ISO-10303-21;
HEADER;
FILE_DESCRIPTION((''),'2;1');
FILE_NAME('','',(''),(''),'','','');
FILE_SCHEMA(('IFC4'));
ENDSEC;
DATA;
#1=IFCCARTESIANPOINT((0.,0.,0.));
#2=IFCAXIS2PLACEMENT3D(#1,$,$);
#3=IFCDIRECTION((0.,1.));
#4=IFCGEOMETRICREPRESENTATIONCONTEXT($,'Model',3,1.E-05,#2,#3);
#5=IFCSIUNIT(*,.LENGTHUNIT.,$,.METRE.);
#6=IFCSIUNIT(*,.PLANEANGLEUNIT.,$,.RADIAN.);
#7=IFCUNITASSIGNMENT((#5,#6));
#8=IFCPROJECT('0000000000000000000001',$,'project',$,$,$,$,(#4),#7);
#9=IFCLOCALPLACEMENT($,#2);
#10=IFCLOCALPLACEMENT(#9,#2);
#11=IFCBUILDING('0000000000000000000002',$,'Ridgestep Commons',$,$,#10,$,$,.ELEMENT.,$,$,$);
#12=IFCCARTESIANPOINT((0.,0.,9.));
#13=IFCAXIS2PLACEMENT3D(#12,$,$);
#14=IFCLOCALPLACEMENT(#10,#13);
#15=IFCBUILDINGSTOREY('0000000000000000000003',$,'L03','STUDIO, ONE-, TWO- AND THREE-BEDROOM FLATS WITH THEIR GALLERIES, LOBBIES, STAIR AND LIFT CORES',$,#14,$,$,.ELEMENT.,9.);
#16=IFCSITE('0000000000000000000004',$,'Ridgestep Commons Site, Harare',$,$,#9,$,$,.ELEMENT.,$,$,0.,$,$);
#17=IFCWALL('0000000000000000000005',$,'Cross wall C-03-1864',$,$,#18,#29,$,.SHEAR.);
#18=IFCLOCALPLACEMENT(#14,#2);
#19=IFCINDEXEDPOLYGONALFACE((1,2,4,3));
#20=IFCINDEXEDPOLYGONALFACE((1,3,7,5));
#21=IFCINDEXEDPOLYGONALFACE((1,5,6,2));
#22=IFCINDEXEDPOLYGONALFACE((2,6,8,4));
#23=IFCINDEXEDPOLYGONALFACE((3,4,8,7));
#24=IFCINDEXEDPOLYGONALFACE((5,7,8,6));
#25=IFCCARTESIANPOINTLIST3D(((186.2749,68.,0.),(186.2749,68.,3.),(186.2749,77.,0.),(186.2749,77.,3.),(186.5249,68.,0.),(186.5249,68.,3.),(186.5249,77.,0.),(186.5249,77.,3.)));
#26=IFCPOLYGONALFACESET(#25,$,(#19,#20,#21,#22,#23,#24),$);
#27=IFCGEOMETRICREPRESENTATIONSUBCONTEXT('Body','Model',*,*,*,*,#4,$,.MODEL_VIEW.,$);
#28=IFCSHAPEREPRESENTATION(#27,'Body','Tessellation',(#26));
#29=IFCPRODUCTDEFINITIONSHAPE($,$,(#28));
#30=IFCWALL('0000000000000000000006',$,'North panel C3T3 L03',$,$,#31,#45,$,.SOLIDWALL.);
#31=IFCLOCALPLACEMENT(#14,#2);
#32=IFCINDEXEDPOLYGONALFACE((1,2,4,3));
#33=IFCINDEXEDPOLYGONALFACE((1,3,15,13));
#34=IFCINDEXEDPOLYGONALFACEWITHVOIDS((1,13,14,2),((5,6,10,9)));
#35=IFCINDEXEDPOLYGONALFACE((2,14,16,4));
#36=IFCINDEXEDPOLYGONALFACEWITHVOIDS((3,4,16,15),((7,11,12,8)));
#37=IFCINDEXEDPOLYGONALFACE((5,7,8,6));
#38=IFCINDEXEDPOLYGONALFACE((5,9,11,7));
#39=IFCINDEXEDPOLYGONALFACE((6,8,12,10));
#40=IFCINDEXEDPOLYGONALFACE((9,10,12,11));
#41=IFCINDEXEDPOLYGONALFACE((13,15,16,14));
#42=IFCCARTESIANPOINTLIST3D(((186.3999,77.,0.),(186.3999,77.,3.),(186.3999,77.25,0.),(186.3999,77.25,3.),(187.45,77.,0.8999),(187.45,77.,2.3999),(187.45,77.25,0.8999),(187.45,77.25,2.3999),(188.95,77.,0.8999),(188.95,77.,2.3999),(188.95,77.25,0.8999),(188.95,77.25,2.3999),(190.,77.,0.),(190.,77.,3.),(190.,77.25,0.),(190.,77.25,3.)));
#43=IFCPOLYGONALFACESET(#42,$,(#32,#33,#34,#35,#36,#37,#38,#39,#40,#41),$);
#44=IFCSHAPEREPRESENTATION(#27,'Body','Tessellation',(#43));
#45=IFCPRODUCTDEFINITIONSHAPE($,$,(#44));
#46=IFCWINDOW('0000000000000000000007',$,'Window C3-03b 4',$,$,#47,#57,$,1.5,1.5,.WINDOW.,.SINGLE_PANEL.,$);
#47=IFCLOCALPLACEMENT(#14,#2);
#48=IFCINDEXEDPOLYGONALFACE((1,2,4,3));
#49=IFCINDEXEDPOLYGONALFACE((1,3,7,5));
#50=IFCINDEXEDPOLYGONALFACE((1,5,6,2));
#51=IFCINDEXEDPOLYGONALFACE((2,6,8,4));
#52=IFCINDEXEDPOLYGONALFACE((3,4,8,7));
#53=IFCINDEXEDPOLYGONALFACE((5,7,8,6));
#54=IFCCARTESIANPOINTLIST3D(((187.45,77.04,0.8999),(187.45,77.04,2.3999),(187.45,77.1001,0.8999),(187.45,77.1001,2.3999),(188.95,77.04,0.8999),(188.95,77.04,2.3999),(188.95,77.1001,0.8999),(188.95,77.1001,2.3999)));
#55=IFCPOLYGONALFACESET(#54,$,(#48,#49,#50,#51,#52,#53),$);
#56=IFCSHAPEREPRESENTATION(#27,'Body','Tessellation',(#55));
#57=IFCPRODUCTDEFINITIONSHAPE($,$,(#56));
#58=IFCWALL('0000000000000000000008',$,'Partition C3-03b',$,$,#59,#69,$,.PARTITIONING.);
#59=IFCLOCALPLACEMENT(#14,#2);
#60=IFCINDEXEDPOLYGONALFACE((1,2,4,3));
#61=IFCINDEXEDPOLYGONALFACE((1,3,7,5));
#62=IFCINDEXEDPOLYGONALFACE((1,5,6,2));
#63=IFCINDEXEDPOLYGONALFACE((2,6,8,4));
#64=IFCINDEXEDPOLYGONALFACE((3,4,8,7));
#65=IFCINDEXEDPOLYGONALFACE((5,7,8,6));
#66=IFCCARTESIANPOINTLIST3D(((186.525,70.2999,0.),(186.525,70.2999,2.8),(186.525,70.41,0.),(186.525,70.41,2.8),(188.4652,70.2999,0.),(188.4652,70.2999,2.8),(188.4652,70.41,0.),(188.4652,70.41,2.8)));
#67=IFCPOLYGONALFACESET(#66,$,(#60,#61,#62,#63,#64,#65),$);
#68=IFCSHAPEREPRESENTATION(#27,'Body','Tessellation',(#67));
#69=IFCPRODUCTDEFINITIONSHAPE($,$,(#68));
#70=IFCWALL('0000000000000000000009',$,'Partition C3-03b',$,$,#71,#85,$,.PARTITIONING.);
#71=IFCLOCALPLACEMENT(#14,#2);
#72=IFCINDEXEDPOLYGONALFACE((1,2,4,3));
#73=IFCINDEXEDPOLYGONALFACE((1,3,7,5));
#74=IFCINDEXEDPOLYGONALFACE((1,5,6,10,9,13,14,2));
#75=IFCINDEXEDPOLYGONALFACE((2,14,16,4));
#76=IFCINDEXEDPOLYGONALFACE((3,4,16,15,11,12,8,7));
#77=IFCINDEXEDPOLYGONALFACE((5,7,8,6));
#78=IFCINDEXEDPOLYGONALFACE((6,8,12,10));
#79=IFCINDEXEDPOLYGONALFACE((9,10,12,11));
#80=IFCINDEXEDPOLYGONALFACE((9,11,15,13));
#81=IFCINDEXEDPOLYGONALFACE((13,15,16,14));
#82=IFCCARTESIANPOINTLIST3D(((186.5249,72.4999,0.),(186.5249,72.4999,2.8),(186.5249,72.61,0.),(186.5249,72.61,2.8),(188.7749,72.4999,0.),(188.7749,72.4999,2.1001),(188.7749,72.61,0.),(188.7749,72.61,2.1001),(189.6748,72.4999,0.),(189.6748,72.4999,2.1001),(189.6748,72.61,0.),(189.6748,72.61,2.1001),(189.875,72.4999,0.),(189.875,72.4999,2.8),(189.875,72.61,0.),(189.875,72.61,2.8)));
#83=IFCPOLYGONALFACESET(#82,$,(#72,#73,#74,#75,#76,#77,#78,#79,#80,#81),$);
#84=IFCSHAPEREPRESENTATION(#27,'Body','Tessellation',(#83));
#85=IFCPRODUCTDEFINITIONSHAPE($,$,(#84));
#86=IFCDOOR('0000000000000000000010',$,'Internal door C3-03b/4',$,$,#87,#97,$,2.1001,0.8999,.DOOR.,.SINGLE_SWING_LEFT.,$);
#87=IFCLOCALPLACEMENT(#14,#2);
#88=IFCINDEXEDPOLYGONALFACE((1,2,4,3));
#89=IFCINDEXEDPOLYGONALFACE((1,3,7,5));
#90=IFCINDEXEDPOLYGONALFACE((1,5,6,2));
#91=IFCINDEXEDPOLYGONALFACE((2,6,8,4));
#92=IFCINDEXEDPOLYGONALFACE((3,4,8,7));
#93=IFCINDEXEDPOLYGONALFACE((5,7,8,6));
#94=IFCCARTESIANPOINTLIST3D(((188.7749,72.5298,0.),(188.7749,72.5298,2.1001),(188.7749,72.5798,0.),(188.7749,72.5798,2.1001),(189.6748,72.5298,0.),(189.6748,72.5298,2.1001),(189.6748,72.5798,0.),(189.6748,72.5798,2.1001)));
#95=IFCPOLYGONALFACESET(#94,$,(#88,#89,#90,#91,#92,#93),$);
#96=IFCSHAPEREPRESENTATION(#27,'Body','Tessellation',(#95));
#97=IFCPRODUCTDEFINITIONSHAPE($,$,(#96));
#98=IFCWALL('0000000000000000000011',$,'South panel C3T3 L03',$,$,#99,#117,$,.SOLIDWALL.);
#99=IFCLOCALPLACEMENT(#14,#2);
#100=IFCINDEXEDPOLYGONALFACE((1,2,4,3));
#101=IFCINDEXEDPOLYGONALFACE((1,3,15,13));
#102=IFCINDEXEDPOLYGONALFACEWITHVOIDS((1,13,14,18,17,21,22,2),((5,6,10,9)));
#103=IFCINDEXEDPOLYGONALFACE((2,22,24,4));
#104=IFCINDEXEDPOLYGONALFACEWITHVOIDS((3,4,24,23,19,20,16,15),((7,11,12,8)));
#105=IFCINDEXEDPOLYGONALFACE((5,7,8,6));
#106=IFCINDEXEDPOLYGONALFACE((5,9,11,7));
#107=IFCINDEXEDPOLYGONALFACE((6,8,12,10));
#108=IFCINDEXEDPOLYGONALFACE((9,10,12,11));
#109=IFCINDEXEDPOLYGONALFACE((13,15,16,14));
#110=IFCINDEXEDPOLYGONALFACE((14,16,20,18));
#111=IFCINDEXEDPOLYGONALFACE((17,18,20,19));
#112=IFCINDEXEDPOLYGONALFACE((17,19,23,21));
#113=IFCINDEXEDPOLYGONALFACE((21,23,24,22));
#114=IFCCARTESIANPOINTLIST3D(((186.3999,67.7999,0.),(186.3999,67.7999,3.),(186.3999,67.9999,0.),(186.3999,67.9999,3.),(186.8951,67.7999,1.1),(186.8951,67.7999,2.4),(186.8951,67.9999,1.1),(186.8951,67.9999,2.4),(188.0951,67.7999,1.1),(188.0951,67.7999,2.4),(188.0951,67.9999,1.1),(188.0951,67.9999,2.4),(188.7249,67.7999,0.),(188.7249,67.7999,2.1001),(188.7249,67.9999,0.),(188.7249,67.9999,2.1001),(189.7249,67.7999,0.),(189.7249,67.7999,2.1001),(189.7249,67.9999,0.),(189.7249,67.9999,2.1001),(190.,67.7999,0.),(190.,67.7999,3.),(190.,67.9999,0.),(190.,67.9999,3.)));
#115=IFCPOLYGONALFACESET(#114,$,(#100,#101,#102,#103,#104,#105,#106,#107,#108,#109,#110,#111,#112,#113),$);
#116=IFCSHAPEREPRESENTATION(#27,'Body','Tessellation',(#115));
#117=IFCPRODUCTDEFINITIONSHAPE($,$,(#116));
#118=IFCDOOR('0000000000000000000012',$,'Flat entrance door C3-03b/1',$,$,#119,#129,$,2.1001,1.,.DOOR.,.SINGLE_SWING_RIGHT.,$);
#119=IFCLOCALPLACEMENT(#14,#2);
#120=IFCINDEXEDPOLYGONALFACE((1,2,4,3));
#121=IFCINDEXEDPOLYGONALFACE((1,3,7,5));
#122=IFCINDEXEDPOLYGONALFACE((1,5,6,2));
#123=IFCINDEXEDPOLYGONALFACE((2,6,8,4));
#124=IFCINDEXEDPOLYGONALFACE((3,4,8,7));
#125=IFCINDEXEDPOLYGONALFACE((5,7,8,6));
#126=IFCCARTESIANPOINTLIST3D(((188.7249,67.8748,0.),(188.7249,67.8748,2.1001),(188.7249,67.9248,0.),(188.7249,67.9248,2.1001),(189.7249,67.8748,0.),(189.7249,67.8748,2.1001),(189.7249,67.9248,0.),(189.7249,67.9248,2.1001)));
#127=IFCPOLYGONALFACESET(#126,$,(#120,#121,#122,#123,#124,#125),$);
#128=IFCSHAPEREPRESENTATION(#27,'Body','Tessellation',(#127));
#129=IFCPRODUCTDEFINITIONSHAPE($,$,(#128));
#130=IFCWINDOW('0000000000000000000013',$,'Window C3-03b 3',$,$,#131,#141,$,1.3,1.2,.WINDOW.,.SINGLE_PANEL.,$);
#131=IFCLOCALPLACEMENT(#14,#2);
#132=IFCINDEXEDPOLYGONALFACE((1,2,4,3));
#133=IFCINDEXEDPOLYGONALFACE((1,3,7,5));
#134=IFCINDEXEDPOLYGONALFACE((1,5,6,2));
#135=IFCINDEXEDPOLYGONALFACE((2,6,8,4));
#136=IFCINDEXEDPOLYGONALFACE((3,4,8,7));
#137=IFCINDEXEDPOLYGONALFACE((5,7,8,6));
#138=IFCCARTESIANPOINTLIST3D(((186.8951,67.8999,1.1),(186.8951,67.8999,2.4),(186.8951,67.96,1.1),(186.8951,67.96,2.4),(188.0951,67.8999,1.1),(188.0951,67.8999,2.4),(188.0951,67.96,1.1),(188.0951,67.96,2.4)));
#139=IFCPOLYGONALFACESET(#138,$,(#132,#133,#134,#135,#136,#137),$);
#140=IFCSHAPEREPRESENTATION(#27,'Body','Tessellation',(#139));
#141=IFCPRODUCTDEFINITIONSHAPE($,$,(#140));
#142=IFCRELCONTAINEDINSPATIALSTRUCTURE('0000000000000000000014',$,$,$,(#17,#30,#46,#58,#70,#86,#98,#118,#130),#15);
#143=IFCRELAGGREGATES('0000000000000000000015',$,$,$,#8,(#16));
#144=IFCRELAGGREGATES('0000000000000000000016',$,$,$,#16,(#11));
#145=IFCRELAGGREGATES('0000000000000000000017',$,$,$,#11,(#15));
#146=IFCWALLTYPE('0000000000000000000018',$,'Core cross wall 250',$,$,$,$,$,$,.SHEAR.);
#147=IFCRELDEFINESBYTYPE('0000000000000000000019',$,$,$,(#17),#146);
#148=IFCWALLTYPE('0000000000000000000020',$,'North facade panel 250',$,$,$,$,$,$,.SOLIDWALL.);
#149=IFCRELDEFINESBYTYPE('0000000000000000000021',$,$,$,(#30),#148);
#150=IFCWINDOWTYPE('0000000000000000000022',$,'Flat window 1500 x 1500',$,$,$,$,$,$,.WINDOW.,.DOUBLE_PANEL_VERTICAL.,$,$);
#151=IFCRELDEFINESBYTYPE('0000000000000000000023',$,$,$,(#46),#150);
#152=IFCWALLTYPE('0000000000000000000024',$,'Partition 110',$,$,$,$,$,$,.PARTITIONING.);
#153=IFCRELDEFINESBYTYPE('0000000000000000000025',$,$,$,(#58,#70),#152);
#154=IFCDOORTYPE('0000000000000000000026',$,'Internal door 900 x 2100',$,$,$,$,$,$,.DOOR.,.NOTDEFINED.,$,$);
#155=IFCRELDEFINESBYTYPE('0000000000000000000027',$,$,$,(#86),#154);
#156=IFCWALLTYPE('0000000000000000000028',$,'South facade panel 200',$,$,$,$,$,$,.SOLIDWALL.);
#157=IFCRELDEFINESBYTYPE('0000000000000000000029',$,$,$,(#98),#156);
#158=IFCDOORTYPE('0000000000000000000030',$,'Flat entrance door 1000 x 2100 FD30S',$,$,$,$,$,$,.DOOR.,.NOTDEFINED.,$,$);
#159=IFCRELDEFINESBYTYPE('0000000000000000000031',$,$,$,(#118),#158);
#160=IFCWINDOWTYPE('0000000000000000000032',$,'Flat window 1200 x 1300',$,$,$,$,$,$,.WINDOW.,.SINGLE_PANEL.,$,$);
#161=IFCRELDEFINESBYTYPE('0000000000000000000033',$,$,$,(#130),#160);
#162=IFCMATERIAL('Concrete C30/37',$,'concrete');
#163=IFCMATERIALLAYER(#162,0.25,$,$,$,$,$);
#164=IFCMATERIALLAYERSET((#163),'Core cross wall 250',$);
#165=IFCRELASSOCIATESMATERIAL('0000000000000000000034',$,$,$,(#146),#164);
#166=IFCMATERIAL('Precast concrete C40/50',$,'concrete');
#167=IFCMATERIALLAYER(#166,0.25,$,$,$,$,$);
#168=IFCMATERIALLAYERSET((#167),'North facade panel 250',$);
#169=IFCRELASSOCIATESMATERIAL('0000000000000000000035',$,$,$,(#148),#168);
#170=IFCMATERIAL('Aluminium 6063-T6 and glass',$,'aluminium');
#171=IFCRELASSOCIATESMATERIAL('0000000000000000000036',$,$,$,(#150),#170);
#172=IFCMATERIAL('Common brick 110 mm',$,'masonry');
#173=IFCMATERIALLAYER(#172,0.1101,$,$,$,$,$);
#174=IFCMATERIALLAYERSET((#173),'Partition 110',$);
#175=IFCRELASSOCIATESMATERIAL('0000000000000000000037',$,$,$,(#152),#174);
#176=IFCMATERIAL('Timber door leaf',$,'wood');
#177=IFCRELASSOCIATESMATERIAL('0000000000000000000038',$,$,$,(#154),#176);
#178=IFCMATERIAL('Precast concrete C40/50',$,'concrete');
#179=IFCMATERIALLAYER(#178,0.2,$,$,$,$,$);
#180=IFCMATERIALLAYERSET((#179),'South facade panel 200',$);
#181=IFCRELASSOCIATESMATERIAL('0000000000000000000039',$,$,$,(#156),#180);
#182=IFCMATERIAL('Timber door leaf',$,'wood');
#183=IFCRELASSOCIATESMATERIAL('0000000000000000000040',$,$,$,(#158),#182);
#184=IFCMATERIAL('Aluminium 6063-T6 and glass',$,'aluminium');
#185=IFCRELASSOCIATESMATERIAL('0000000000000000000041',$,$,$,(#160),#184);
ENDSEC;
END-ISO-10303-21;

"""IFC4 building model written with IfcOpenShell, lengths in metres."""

from ifc_helpers import new_model, si_unit, direction, frame, frame_2d, origin, place, context, subcontext, project, spatial, rectangle, extrude, material, layer, layer_set, type_object, element, fill, save


model = new_model("IFC4")

# Units and contexts
model_context = context("Model", 3, precision=1e-05, world=origin(), true_north=direction((0.0, 1.0)))
body_context = subcontext(model_context, "Body", "Model", "MODEL_VIEW")
ifc_project = project(units=[si_unit("LENGTHUNIT", "METRE"), si_unit("PLANEANGLEUNIT", "RADIAN")], contexts=[model_context])

# Site, building, storey
site_placement = place(None, origin())
site = spatial("IfcSite", under=ifc_project, at=site_placement, Name="Ridgestep Commons Site, Harare", CompositionType="ELEMENT", RefElevation=0.0)
building_placement = place(site_placement, origin())
building = spatial("IfcBuilding", under=site, at=building_placement, Name="Ridgestep Commons", CompositionType="ELEMENT")
storey_placement = place(building_placement, frame((0.0, 0.0, 9.0)))
storey = spatial("IfcBuildingStorey", under=building, at=storey_placement, Name="L03", Description="STUDIO, ONE-, TWO- AND THREE-BEDROOM FLATS WITH THEIR GALLERIES, LOBBIES, STAIR AND LIFT CORES", CompositionType="ELEMENT", Elevation=9.0)

# Wall
ifc_material_1 = material(Name="Concrete C30/37", Category="concrete")
ifc_layer_1 = layer(ifc_material_1, 0.25)
ifc_layer_set_1 = layer_set([ifc_layer_1], Name="Core cross wall 250")
wall_type_1 = type_object("IfcWallType", Name="Core cross wall 250", PredefinedType="SHEAR", material=ifc_layer_set_1)
wall_1_placement = place(storey_placement, frame((186.3999, 68.0, 0.0), z_axis=(0.0, 0.0, 1.0), x_axis=(0.0, 1.0, 0.0)))
element("IfcWall", 1, at=wall_1_placement, inside=storey, type_object=wall_type_1, Name="Cross wall C-03-1864", PredefinedType="SHEAR", context=body_context, shape_type="SweptSolid", body=[
    extrude(rectangle(XDim=9.0, YDim=0.25, at=frame_2d((4.5, 0.0))), origin(), (0.0, 0.0, 1.0), 3.0),
])

# Wall, opening, window
ifc_material_2 = material(Name="Precast concrete C40/50", Category="concrete")
ifc_layer_2 = layer(ifc_material_2, 0.25)
ifc_layer_set_2 = layer_set([ifc_layer_2], Name="North facade panel 250")
wall_type_2 = type_object("IfcWallType", Name="North facade panel 250", PredefinedType="SOLIDWALL", material=ifc_layer_set_2)
wall_2_placement = place(storey_placement, frame((186.3999, 77.125, 0.0), z_axis=(0.0, 0.0, 1.0), x_axis=(1.0, 0.0, 0.0)))
wall_2 = element("IfcWall", 2, at=wall_2_placement, inside=storey, type_object=wall_type_2, Name="North panel C3T3 L03", PredefinedType="SOLIDWALL", context=body_context, shape_type="SweptSolid", body=[
    extrude(rectangle(XDim=3.6001, YDim=0.25, at=frame_2d((1.8, 0.0))), origin(), (0.0, 0.0, 1.0), 3.0),
])
opening_1_placement = place(wall_2_placement, frame((1.05, 0.0, 0.8999)))
opening_1 = element("IfcOpeningElement", 3, at=opening_1_placement, cuts=wall_2, PredefinedType="OPENING", context=body_context, shape_type="SweptSolid", body=[
    extrude(rectangle(XDim=1.5, YDim=1.5, at=frame_2d((0.75, 0.75))), frame((0.0, 0.135, 0.0), z_axis=(0.0, -1.0, 0.0), x_axis=(1.0, 0.0, 0.0)), (0.0, 0.0, 1.0), 0.27),
])
ifc_material_3 = material(Name="Aluminium 6063-T6 and glass", Category="aluminium")
window_type_1 = type_object("IfcWindowType", Name="Flat window 1500 x 1500", PartitioningType="DOUBLE_PANEL_VERTICAL", PredefinedType="WINDOW", material=ifc_material_3)
window_1_placement = place(opening_1_placement, origin())
window_1 = element("IfcWindow", 4, at=window_1_placement, inside=storey, type_object=window_type_1, Name="Window C3-03b 4", OverallHeight=1.5, OverallWidth=1.5, PartitioningType="SINGLE_PANEL", PredefinedType="WINDOW", context=body_context, shape_type="SweptSolid", body=[
    extrude(rectangle(XDim=1.5, YDim=1.5, at=frame_2d((0.75, 0.75))), frame((0.0, -0.0249, 0.0), z_axis=(0.0, -1.0, 0.0), x_axis=(1.0, 0.0, 0.0)), (0.0, 0.0, 1.0), 0.0601),
])
fill(opening_1, window_1)

# Wall
ifc_material_4 = material(Name="Common brick 110 mm", Category="masonry")
ifc_layer_3 = layer(ifc_material_4, 0.1101)
ifc_layer_set_3 = layer_set([ifc_layer_3], Name="Partition 110")
wall_type_3 = type_object("IfcWallType", Name="Partition 110", PredefinedType="PARTITIONING", material=ifc_layer_set_3)
wall_3_placement = place(storey_placement, frame((186.5249, 70.355, 0.0), z_axis=(0.0, 0.0, 1.0), x_axis=(1.0, 0.0, 0.0)))
element("IfcWall", 5, at=wall_3_placement, inside=storey, type_object=wall_type_3, Name="Partition C3-03b", PredefinedType="PARTITIONING", context=body_context, shape_type="SweptSolid", body=[
    extrude(rectangle(XDim=1.9402, YDim=0.1101, at=frame_2d((0.9702, 0.0))), origin(), (0.0, 0.0, 1.0), 2.8),
])

# Wall, opening, door
wall_4_placement = place(storey_placement, frame((186.5249, 72.5549, 0.0), z_axis=(0.0, 0.0, 1.0), x_axis=(1.0, 0.0, 0.0)))
wall_4 = element("IfcWall", 6, at=wall_4_placement, inside=storey, type_object=wall_type_3, Name="Partition C3-03b", PredefinedType="PARTITIONING", context=body_context, shape_type="SweptSolid", body=[
    extrude(rectangle(XDim=3.3501, YDim=0.1101, at=frame_2d((1.675, 0.0))), origin(), (0.0, 0.0, 1.0), 2.8),
])
opening_2_placement = place(wall_4_placement, frame((2.25, 0.0, 0.0)))
opening_2 = element("IfcOpeningElement", 7, at=opening_2_placement, cuts=wall_4, PredefinedType="OPENING", context=body_context, shape_type="SweptSolid", body=[
    extrude(rectangle(XDim=0.8999, YDim=2.1001, at=frame_2d((0.45, 1.05))), frame((0.0, 0.0649, 0.0), z_axis=(0.0, -1.0, 0.0), x_axis=(1.0, 0.0, 0.0)), (0.0, 0.0, 1.0), 0.1301),
])
ifc_material_5 = material(Name="Timber door leaf", Category="wood")
door_type_1 = type_object("IfcDoorType", Name="Internal door 900 x 2100", OperationType="NOTDEFINED", PredefinedType="DOOR", material=ifc_material_5)
door_1_placement = place(opening_2_placement, origin())
door_1 = element("IfcDoor", 8, at=door_1_placement, inside=storey, type_object=door_type_1, Name="Internal door C3-03b/4", OperationType="SINGLE_SWING_LEFT", OverallHeight=2.1001, OverallWidth=0.8999, PredefinedType="DOOR", context=body_context, shape_type="SweptSolid", body=[
    extrude(rectangle(XDim=0.8999, YDim=2.1001, at=frame_2d((0.45, 1.05))), frame((0.0, 0.0249, 0.0), z_axis=(0.0, -1.0, 0.0), x_axis=(1.0, 0.0, 0.0)), (0.0, 0.0, 1.0), 0.05),
])
fill(opening_2, door_1)

# Wall, openings, door, window
ifc_material_6 = material(Name="Precast concrete C40/50", Category="concrete")
ifc_layer_4 = layer(ifc_material_6, 0.2)
ifc_layer_set_4 = layer_set([ifc_layer_4], Name="South facade panel 200")
wall_type_4 = type_object("IfcWallType", Name="South facade panel 200", PredefinedType="SOLIDWALL", material=ifc_layer_set_4)
wall_5_placement = place(storey_placement, frame((186.3999, 67.8999, 0.0), z_axis=(0.0, 0.0, 1.0), x_axis=(1.0, 0.0, 0.0)))
wall_5 = element("IfcWall", 9, at=wall_5_placement, inside=storey, type_object=wall_type_4, Name="South panel C3T3 L03", PredefinedType="SOLIDWALL", context=body_context, shape_type="SweptSolid", body=[
    extrude(rectangle(XDim=3.6001, YDim=0.2, at=frame_2d((1.8, 0.0))), origin(), (0.0, 0.0, 1.0), 3.0),
])
opening_3_placement = place(wall_5_placement, frame((0.4951, 0.0, 1.1001)))
opening_3 = element("IfcOpeningElement", 10, at=opening_3_placement, cuts=wall_5, PredefinedType="OPENING", context=body_context, shape_type="SweptSolid", body=[
    extrude(rectangle(XDim=1.2, YDim=1.3, at=frame_2d((0.6001, 0.6499))), frame((0.0, 0.1099, 0.0), z_axis=(0.0, -1.0, 0.0), x_axis=(1.0, 0.0, 0.0)), (0.0, 0.0, 1.0), 0.22),
])
opening_4_placement = place(wall_5_placement, frame((2.325, 0.0, 0.0)))
opening_4 = element("IfcOpeningElement", 11, at=opening_4_placement, cuts=wall_5, PredefinedType="OPENING", context=body_context, shape_type="SweptSolid", body=[
    extrude(rectangle(XDim=1.0, YDim=2.1001, at=frame_2d((0.5, 1.05))), frame((0.0, 0.1099, 0.0), z_axis=(0.0, -1.0, 0.0), x_axis=(1.0, 0.0, 0.0)), (0.0, 0.0, 1.0), 0.22),
])
ifc_material_7 = material(Name="Timber door leaf", Category="wood")
door_type_2 = type_object("IfcDoorType", Name="Flat entrance door 1000 x 2100 FD30S", OperationType="NOTDEFINED", PredefinedType="DOOR", material=ifc_material_7)
door_2_placement = place(opening_4_placement, origin())
door_2 = element("IfcDoor", 12, at=door_2_placement, inside=storey, type_object=door_type_2, Name="Flat entrance door C3-03b/1", OperationType="SINGLE_SWING_RIGHT", OverallHeight=2.1001, OverallWidth=1.0, PredefinedType="DOOR", context=body_context, shape_type="SweptSolid", body=[
    extrude(rectangle(XDim=1.0, YDim=2.1001, at=frame_2d((0.5, 1.05))), frame((0.0, 0.0249, 0.0), z_axis=(0.0, -1.0, 0.0), x_axis=(1.0, 0.0, 0.0)), (0.0, 0.0, 1.0), 0.05),
])
fill(opening_4, door_2)
ifc_material_8 = material(Name="Aluminium 6063-T6 and glass", Category="aluminium")
window_type_2 = type_object("IfcWindowType", Name="Flat window 1200 x 1300", PartitioningType="SINGLE_PANEL", PredefinedType="WINDOW", material=ifc_material_8)
window_2_placement = place(opening_3_placement, origin())
window_2 = element("IfcWindow", 13, at=window_2_placement, inside=storey, type_object=window_type_2, Name="Window C3-03b 3", OverallHeight=1.3, OverallWidth=1.2, PartitioningType="SINGLE_PANEL", PredefinedType="WINDOW", context=body_context, shape_type="SweptSolid", body=[
    extrude(rectangle(XDim=1.2, YDim=1.3, at=frame_2d((0.6001, 0.6499))), frame((0.0, 0.0601, 0.0), z_axis=(0.0, -1.0, 0.0), x_axis=(1.0, 0.0, 0.0)), (0.0, 0.0, 1.0), 0.0601),
])
fill(opening_3, window_2)

save(model, "model.ifc")
